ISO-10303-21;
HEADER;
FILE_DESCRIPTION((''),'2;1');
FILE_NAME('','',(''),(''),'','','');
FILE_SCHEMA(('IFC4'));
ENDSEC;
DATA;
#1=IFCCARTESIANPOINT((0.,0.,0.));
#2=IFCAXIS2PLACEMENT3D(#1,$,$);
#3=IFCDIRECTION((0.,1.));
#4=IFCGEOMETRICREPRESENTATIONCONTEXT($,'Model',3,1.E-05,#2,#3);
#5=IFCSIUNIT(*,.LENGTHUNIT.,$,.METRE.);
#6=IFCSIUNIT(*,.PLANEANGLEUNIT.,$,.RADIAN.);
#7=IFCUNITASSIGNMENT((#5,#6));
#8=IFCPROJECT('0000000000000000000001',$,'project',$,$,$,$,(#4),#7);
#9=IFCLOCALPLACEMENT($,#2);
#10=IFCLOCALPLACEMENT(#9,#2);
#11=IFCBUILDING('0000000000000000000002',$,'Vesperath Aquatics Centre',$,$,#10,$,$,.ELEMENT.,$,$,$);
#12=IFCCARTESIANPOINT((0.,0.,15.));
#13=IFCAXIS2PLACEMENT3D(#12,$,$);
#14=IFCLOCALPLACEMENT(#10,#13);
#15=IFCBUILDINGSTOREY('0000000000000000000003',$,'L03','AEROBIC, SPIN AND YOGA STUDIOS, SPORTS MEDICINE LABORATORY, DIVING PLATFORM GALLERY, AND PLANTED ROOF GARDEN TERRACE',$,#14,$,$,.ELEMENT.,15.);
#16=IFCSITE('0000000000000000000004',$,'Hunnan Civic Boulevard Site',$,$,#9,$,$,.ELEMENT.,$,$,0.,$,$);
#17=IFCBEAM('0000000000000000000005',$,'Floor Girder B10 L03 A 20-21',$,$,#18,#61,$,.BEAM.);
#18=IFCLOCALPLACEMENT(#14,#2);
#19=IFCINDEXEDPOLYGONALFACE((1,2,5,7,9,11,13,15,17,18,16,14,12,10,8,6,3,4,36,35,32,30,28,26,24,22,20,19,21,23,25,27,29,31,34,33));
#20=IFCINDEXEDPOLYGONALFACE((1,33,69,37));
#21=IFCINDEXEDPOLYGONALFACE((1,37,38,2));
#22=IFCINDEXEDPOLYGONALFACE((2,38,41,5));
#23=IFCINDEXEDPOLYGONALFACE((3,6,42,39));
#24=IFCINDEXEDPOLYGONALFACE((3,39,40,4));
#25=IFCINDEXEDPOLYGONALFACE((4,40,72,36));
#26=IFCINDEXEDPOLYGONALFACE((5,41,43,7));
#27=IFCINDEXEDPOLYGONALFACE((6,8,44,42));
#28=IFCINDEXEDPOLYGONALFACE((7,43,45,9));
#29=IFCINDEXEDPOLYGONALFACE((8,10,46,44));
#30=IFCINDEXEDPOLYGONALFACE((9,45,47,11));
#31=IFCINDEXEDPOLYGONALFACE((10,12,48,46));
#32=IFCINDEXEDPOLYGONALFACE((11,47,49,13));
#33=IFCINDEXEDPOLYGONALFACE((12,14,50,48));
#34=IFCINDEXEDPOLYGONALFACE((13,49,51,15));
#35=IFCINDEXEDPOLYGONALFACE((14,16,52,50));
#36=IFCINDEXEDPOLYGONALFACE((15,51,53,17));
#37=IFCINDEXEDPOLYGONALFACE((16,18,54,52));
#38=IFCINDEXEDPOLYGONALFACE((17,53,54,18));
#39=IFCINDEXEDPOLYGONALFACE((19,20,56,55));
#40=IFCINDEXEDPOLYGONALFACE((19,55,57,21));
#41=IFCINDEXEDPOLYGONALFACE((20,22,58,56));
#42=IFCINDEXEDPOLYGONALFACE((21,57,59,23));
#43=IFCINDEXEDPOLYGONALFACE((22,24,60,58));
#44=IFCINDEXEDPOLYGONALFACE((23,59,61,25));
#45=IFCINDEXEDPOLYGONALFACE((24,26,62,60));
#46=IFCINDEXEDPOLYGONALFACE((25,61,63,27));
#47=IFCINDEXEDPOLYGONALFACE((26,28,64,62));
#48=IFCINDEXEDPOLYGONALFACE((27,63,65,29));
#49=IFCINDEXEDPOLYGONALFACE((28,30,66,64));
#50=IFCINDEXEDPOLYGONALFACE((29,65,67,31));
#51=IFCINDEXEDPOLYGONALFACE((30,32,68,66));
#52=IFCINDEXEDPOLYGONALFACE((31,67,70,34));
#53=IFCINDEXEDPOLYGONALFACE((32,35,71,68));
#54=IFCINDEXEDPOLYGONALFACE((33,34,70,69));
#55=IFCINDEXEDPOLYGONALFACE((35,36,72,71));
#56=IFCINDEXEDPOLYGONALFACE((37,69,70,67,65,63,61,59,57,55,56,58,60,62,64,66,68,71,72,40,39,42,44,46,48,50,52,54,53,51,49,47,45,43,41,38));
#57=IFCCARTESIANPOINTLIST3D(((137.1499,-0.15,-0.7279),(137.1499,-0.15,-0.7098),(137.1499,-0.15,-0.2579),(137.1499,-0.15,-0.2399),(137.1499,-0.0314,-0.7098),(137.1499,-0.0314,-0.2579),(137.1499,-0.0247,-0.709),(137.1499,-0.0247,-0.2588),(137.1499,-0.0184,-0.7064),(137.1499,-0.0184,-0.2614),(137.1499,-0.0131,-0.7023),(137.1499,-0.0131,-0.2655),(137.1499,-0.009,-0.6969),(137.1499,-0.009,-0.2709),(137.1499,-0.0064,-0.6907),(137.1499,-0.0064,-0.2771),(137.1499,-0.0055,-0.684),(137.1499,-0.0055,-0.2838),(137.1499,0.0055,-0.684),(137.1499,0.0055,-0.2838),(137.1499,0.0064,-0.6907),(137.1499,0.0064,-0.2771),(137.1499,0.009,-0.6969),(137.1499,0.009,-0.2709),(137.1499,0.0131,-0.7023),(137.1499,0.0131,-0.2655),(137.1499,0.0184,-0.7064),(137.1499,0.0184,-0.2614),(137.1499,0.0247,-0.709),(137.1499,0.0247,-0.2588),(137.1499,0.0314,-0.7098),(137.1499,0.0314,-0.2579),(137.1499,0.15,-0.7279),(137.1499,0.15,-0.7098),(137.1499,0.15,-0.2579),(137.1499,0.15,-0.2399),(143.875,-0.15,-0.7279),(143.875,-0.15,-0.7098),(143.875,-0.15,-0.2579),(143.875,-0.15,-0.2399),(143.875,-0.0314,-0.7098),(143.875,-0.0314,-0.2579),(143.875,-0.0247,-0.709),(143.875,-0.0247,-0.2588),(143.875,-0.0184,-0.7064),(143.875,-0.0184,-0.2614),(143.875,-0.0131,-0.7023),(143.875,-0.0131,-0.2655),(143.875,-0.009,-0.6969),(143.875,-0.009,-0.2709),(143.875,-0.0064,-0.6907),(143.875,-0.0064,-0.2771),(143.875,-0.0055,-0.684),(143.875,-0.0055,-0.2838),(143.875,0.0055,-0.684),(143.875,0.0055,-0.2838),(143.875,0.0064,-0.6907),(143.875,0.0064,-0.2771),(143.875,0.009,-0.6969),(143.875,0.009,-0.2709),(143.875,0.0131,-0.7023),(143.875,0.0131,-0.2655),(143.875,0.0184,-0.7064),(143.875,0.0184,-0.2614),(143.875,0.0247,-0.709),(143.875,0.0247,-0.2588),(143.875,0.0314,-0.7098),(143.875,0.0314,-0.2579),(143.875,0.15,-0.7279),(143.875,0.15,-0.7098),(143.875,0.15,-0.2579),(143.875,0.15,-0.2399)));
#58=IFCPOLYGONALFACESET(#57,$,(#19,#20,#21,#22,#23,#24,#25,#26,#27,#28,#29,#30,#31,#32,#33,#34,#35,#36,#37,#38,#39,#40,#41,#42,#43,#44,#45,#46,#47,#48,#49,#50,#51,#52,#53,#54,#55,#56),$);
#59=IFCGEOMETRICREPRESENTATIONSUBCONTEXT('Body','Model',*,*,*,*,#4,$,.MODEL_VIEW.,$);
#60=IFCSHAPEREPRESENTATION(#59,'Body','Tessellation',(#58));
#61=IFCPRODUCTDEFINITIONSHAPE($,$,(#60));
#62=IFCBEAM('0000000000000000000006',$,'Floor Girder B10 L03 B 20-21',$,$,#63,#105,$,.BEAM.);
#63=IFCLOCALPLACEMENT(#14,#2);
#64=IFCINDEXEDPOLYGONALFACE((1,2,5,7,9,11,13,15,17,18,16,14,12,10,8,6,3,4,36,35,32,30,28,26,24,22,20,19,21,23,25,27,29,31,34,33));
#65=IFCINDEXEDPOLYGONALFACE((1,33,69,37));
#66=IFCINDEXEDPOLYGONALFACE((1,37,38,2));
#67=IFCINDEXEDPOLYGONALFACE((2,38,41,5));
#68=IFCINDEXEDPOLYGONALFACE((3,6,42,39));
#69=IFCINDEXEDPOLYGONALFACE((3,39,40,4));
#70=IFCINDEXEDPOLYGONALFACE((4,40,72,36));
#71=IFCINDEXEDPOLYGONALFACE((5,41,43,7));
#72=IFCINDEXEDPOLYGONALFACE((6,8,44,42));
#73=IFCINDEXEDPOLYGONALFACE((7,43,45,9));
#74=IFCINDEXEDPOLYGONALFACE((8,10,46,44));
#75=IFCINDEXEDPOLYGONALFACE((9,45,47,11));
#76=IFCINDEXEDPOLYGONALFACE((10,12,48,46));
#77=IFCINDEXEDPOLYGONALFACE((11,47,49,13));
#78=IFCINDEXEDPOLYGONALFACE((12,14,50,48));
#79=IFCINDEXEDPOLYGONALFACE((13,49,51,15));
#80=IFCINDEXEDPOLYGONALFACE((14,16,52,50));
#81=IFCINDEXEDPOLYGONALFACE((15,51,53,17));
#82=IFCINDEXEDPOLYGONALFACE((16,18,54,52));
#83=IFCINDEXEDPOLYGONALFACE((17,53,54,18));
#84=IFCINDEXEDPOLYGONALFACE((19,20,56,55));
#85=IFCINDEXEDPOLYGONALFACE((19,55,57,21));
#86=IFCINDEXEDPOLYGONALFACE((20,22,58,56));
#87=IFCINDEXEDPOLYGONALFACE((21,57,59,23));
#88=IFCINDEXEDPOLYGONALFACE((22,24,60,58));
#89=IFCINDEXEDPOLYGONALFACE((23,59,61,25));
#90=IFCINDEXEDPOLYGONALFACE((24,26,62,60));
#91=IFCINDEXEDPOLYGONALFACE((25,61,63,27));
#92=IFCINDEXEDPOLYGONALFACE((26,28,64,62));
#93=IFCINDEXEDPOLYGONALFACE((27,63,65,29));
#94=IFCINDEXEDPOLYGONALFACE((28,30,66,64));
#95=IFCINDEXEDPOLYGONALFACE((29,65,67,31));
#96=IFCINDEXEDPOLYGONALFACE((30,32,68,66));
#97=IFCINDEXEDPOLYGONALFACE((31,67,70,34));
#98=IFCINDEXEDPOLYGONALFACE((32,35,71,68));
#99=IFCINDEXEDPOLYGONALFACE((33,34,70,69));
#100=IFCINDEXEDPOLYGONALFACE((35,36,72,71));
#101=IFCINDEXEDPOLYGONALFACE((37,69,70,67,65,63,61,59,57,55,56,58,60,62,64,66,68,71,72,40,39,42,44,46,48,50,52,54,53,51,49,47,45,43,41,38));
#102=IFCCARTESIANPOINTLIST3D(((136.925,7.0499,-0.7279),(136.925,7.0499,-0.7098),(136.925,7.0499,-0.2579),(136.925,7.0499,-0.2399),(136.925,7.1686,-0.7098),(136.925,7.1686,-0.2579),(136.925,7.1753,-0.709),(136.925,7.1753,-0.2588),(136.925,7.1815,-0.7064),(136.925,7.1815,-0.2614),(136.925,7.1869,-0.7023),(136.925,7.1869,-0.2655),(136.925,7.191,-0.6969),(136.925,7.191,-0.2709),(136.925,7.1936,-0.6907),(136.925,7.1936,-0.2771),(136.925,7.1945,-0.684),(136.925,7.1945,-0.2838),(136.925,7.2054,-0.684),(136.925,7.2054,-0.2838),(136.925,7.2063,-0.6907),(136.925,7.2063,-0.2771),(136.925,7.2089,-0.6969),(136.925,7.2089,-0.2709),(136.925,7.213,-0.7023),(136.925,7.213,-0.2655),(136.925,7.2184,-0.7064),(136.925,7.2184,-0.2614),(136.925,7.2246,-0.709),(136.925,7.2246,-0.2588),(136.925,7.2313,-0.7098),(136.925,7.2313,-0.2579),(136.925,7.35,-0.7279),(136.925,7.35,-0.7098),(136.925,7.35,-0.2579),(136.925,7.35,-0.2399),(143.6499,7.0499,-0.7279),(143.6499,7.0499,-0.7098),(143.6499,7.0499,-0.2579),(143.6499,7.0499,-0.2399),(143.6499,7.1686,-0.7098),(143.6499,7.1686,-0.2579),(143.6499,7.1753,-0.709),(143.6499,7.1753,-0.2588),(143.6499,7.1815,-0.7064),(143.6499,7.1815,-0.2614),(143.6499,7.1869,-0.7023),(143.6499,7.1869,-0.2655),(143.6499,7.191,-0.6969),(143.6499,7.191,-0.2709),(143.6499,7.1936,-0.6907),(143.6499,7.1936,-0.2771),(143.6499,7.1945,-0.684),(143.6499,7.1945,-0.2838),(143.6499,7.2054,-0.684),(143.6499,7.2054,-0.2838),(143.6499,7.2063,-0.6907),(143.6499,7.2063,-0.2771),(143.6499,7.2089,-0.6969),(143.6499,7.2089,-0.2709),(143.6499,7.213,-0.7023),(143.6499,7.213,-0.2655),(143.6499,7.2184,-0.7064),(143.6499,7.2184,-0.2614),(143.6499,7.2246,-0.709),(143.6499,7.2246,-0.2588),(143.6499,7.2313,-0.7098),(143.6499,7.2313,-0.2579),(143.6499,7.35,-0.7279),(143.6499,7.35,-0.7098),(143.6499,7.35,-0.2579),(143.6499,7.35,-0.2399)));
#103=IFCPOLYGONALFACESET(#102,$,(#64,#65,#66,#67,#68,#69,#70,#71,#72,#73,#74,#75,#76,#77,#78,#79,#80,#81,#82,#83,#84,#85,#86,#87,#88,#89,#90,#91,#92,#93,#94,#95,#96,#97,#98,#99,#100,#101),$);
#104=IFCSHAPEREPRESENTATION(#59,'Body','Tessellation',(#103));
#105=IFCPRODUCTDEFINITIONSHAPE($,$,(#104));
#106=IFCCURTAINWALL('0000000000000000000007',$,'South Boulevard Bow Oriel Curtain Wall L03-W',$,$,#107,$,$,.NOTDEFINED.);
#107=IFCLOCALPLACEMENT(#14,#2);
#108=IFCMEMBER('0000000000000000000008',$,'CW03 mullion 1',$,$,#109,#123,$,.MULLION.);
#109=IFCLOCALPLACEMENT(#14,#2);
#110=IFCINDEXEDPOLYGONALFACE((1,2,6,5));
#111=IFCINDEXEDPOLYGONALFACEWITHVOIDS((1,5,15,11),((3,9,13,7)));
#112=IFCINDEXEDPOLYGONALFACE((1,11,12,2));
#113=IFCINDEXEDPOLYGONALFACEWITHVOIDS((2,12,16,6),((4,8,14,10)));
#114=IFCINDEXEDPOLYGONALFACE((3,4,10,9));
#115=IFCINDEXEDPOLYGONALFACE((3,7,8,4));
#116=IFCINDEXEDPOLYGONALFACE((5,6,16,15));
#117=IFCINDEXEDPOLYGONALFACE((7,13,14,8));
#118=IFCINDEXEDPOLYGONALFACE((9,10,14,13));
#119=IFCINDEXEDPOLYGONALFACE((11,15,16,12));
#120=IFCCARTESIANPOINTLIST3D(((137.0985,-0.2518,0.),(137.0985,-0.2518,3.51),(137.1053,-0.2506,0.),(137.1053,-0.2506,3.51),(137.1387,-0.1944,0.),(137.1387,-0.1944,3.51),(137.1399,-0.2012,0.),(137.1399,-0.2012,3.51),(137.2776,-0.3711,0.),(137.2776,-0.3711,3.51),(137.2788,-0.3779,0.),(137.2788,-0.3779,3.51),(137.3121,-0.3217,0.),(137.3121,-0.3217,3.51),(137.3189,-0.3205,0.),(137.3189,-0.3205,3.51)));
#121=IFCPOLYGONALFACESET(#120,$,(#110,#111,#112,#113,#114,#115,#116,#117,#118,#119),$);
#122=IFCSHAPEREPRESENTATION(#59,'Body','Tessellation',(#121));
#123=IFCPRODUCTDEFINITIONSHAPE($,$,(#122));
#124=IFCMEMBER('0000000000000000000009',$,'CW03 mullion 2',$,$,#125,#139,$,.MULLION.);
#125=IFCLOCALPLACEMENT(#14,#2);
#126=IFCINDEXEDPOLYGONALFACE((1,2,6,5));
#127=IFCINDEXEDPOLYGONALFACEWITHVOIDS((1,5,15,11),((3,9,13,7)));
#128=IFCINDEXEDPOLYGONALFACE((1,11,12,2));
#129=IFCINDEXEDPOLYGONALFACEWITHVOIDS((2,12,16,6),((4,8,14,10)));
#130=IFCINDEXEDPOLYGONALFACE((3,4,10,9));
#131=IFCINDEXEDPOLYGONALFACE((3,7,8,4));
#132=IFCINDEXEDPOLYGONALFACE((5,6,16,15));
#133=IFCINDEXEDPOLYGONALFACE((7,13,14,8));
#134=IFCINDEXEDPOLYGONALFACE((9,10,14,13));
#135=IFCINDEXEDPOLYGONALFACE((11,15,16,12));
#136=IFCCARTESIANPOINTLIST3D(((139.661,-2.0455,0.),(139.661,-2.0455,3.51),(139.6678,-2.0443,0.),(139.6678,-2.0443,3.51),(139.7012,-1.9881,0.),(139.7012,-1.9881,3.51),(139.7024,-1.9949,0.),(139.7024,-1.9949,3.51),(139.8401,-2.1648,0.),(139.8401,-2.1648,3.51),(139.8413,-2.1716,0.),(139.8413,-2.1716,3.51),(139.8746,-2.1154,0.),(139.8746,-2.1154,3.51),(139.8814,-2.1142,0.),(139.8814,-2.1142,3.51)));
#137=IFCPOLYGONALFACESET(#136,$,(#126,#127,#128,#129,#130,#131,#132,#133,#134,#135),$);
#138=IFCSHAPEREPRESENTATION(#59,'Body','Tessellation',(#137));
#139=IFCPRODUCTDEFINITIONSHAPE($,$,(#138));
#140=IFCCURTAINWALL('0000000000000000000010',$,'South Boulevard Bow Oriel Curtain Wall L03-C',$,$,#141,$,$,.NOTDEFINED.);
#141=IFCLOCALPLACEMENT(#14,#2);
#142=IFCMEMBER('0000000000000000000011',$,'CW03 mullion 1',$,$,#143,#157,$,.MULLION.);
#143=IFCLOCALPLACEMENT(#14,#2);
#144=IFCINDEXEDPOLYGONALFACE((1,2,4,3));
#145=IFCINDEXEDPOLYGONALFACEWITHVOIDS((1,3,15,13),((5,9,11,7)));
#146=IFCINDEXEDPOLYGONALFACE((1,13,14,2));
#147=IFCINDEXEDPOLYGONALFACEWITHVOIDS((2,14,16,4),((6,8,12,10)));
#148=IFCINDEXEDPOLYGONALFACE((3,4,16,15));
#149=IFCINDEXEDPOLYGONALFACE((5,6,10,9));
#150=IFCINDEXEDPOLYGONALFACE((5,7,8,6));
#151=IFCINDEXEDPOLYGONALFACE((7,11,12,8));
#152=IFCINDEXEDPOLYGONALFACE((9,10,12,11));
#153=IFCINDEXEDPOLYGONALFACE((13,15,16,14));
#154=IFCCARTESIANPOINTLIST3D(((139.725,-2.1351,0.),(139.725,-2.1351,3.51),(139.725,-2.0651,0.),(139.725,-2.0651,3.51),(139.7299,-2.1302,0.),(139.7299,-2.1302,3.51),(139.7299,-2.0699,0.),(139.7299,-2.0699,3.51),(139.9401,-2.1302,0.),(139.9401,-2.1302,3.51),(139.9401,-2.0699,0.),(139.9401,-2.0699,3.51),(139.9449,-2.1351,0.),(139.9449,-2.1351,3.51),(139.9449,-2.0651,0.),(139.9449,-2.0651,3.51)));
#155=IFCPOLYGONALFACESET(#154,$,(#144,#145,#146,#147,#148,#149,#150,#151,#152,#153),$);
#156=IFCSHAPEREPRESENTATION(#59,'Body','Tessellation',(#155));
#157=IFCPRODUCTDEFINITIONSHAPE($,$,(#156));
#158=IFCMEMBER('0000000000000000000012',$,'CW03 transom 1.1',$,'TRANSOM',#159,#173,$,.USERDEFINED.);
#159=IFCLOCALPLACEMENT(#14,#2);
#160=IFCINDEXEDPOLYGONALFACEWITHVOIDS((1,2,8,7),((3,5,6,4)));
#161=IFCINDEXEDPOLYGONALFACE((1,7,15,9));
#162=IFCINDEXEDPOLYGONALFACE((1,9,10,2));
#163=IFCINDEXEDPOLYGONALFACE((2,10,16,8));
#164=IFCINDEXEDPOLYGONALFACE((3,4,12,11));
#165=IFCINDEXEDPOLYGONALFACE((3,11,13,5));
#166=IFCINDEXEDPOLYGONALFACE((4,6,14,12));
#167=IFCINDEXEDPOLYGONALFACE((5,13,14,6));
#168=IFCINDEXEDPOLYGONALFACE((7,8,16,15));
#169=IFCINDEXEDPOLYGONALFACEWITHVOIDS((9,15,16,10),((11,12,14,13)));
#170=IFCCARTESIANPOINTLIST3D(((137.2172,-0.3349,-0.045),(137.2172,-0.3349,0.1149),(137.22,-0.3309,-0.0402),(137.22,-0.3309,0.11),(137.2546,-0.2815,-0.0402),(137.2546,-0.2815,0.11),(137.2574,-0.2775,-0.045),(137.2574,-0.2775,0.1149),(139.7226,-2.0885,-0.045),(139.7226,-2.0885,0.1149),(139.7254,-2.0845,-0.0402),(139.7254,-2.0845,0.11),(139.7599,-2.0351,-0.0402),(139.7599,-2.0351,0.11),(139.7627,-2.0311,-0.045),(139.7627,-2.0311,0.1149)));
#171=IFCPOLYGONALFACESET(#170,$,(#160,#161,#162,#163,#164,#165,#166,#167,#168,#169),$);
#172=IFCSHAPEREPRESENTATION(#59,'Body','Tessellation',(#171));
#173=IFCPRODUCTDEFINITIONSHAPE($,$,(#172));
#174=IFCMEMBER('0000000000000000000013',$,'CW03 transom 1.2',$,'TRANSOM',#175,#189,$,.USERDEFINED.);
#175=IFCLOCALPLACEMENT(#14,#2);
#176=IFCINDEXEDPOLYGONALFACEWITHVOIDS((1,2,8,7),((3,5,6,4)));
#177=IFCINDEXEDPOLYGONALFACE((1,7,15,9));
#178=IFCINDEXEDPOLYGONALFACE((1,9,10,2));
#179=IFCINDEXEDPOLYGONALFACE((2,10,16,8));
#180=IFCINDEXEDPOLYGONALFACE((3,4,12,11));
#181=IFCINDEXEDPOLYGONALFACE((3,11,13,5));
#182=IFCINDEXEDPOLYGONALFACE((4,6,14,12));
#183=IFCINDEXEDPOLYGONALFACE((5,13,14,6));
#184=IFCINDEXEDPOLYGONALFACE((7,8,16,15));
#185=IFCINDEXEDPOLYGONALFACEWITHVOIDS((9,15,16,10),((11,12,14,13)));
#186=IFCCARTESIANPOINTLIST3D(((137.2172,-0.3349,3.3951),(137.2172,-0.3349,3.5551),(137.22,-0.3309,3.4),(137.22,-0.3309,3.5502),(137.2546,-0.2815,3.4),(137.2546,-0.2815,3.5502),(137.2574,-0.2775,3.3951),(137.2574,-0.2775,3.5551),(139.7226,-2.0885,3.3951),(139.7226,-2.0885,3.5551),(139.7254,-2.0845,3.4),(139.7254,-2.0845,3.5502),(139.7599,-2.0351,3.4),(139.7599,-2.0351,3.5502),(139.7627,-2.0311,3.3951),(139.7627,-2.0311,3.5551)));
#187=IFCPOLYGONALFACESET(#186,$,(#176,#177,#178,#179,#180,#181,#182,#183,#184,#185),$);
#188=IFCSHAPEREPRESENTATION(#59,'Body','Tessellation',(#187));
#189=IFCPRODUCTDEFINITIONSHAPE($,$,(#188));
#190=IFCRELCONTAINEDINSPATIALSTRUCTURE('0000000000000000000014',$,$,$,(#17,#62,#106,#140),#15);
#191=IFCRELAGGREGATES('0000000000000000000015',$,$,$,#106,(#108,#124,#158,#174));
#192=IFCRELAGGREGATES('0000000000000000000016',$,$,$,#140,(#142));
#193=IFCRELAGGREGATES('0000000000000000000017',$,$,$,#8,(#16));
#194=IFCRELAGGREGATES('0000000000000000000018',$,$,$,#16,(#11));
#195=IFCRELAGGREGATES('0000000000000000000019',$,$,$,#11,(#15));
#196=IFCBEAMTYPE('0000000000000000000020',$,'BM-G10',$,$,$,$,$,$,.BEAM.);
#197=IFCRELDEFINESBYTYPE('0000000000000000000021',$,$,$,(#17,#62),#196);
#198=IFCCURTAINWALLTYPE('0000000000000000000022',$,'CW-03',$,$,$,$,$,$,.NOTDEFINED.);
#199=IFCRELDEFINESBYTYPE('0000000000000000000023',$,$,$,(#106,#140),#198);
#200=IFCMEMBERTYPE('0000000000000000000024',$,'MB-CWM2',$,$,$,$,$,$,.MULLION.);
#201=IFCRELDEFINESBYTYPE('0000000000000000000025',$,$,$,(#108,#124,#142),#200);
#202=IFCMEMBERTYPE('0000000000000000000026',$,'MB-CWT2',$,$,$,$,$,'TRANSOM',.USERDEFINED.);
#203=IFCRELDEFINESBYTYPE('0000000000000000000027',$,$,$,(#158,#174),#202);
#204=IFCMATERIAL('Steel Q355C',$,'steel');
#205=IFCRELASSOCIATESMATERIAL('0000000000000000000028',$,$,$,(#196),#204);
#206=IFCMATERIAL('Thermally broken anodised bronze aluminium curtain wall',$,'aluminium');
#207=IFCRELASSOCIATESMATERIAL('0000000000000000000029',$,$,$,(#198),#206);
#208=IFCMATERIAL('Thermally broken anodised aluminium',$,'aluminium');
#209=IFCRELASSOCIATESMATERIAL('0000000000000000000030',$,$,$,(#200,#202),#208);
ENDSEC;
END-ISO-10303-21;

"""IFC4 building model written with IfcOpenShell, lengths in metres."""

from ifc_helpers import new_model, si_unit, direction, frame, origin, origin_2d, place, context, subcontext, project, spatial, hollow_rectangle, i_section, extrude, material, material_profile, profile_set, type_object, element, aggregate, save


model = new_model("IFC4")

# Units and contexts
model_context = context("Model", 3, precision=1e-05, world=origin(), true_north=direction((0.0, 1.0)))
body_context = subcontext(model_context, "Body", "Model", "MODEL_VIEW")
ifc_project = project(units=[si_unit("LENGTHUNIT", "METRE"), si_unit("PLANEANGLEUNIT", "RADIAN")], contexts=[model_context])

# Site, building, storey
site_placement = place(None, origin())
site = spatial("IfcSite", under=ifc_project, at=site_placement, Name="Hunnan Civic Boulevard Site", CompositionType="ELEMENT", RefElevation=0.0)
building_placement = place(site_placement, origin())
building = spatial("IfcBuilding", under=site, at=building_placement, Name="Vesperath Aquatics Centre", CompositionType="ELEMENT")
storey_placement = place(building_placement, frame((0.0, 0.0, 15.0)))
storey = spatial("IfcBuildingStorey", under=building, at=storey_placement, Name="L03", Description="AEROBIC, SPIN AND YOGA STUDIOS, SPORTS MEDICINE LABORATORY, DIVING PLATFORM GALLERY, AND PLANTED ROOF GARDEN TERRACE", CompositionType="ELEMENT", Elevation=15.0)

# Shared definitions
ifc_material_1 = material(Name="Steel Q355C", Category="steel")

# Beams
ifc_material_profile_1 = material_profile(ifc_material_1, i_section(OverallWidth=0.3, OverallDepth=0.488, WebThickness=0.011, FlangeThickness=0.0181, FilletRadius=0.0259, at=origin_2d()), Name="HM 488x300x11x18")
ifc_profile_set_1 = profile_set([ifc_material_profile_1], Name="Steel Q355C")
beam_type_1 = type_object("IfcBeamType", Name="BM-G10", PredefinedType="BEAM", material=ifc_profile_set_1)
for number, where, z_axis, x_axis, name in (
    (1, (137.1499, 0.0, -0.4839), (1.0, 0.0, 0.0), (0.0, 1.0, 0.0), "Floor Girder B10 L03 A 20-21"),
):
    element("IfcBeam", number, at=place(storey_placement, frame(where, z_axis=z_axis, x_axis=x_axis)), inside=storey, type_object=beam_type_1, Name=name, PredefinedType="BEAM", context=body_context, shape_type="SweptSolid", body=[
        extrude(i_section(OverallWidth=0.3, OverallDepth=0.488, WebThickness=0.011, FlangeThickness=0.0181, FilletRadius=0.0259, at=origin_2d()), origin(), (0.0, 0.0, 1.0), 6.7251),
    ])
beam_1_placement = place(storey_placement, frame((136.925, 7.2, -0.4839), z_axis=(1.0, 0.0, 0.0), x_axis=(0.0, 1.0, 0.0)))
element("IfcBeam", 2, at=beam_1_placement, inside=storey, type_object=beam_type_1, Name="Floor Girder B10 L03 B 20-21", PredefinedType="BEAM", context=body_context, shape_type="SweptSolid", body=[
    extrude(i_section(OverallWidth=0.3, OverallDepth=0.488, WebThickness=0.011, FlangeThickness=0.0181, FilletRadius=0.0259, at=origin_2d()), origin(), (0.0, 0.0, 1.0), 6.7249),
])

# Curtain wall, members
ifc_material_2 = material(Name="Thermally broken anodised bronze aluminium curtain wall", Category="aluminium")
curtain_wall_type = type_object("IfcCurtainWallType", Name="CW-03", PredefinedType="NOTDEFINED", material=ifc_material_2)
curtain_wall_1_placement = place(storey_placement, origin())
curtain_wall_1 = element("IfcCurtainWall", 3, at=curtain_wall_1_placement, inside=storey, type_object=curtain_wall_type, Name="South Boulevard Bow Oriel Curtain Wall L03-W", PredefinedType="NOTDEFINED")
ifc_material_3 = material(Name="Thermally broken anodised aluminium", Category="aluminium")
ifc_material_profile_2 = material_profile(ifc_material_3, hollow_rectangle(XDim=0.0701, YDim=0.22, WallThickness=0.0049, at=origin_2d()), Name="CWM 70x220x5")
ifc_profile_set_2 = profile_set([ifc_material_profile_2], Name="Thermally broken anodised aluminium")
member_type_1 = type_object("IfcMemberType", Name="MB-CWM2", PredefinedType="MULLION", material=ifc_profile_set_2)
member_1_placement = place(storey_placement, frame((137.2087, -0.2861, 0.0), z_axis=(0.0, 0.0, 1.0), x_axis=(0.573462, 0.819232, 0.0)))
member_1 = element("IfcMember", 4, at=member_1_placement, type_object=member_type_1, Name="CW03 mullion 1", PredefinedType="MULLION", context=body_context, shape_type="SweptSolid", body=[
    extrude(hollow_rectangle(XDim=0.0701, YDim=0.22, WallThickness=0.0049, at=origin_2d()), origin(), (0.0, 0.0, 1.0), 3.51),
])
member_2_placement = place(storey_placement, frame((139.7712, -2.0798, 0.0), z_axis=(0.0, 0.0, 1.0), x_axis=(0.573462, 0.819232, 0.0)))
member_2 = element("IfcMember", 5, at=member_2_placement, type_object=member_type_1, Name="CW03 mullion 2", PredefinedType="MULLION", context=body_context, shape_type="SweptSolid", body=[
    extrude(hollow_rectangle(XDim=0.0701, YDim=0.22, WallThickness=0.0049, at=origin_2d()), origin(), (0.0, 0.0, 1.0), 3.51),
])

# Curtain wall, member
curtain_wall_2_placement = place(storey_placement, origin())
curtain_wall_2 = element("IfcCurtainWall", 6, at=curtain_wall_2_placement, inside=storey, type_object=curtain_wall_type, Name="South Boulevard Bow Oriel Curtain Wall L03-C", PredefinedType="NOTDEFINED")
member_3_placement = place(storey_placement, frame((139.835, -2.1001, 0.0), z_axis=(0.0, 0.0, 1.0), x_axis=(0.0, 1.0, 0.0)))
member_3 = element("IfcMember", 7, at=member_3_placement, type_object=member_type_1, Name="CW03 mullion 1", PredefinedType="MULLION", context=body_context, shape_type="SweptSolid", body=[
    extrude(hollow_rectangle(XDim=0.0701, YDim=0.22, WallThickness=0.0049, at=origin_2d()), origin(), (0.0, 0.0, 1.0), 3.51),
])

# Members
ifc_material_profile_3 = material_profile(ifc_material_3, hollow_rectangle(XDim=0.0701, YDim=0.1599, WallThickness=0.0049, at=origin_2d()), Name="CWT 70x160x5")
ifc_profile_set_3 = profile_set([ifc_material_profile_3], Name="Thermally broken anodised aluminium")
member_type_2 = type_object("IfcMemberType", Name="MB-CWT2", ElementType="TRANSOM", PredefinedType="USERDEFINED", material=ifc_profile_set_3)
member_4_placement = place(storey_placement, frame((137.2373, -0.3062, 0.0349), z_axis=(0.819247, -0.573441, 0.0), x_axis=(0.573441, 0.819247, 0.0)))
member_4 = element("IfcMember", 8, at=member_4_placement, type_object=member_type_2, Name="CW03 transom 1.1", ObjectType="TRANSOM", PredefinedType="USERDEFINED", context=body_context, shape_type="SweptSolid", body=[
    extrude(hollow_rectangle(XDim=0.0701, YDim=0.1599, WallThickness=0.0049, at=origin_2d()), origin(), (0.0, 0.0, 1.0), 3.0581),
])
member_5_placement = place(storey_placement, frame((137.2373, -0.3062, 3.4751), z_axis=(0.819247, -0.573441, 0.0), x_axis=(0.573441, 0.819247, 0.0)))
member_5 = element("IfcMember", 9, at=member_5_placement, type_object=member_type_2, Name="CW03 transom 1.2", ObjectType="TRANSOM", PredefinedType="USERDEFINED", context=body_context, shape_type="SweptSolid", body=[
    extrude(hollow_rectangle(XDim=0.0701, YDim=0.1599, WallThickness=0.0049, at=origin_2d()), origin(), (0.0, 0.0, 1.0), 3.0581),
])

aggregate(curtain_wall_1, [member_1, member_2, member_4, member_5])
aggregate(curtain_wall_2, [member_3])

save(model, "model.ifc")
